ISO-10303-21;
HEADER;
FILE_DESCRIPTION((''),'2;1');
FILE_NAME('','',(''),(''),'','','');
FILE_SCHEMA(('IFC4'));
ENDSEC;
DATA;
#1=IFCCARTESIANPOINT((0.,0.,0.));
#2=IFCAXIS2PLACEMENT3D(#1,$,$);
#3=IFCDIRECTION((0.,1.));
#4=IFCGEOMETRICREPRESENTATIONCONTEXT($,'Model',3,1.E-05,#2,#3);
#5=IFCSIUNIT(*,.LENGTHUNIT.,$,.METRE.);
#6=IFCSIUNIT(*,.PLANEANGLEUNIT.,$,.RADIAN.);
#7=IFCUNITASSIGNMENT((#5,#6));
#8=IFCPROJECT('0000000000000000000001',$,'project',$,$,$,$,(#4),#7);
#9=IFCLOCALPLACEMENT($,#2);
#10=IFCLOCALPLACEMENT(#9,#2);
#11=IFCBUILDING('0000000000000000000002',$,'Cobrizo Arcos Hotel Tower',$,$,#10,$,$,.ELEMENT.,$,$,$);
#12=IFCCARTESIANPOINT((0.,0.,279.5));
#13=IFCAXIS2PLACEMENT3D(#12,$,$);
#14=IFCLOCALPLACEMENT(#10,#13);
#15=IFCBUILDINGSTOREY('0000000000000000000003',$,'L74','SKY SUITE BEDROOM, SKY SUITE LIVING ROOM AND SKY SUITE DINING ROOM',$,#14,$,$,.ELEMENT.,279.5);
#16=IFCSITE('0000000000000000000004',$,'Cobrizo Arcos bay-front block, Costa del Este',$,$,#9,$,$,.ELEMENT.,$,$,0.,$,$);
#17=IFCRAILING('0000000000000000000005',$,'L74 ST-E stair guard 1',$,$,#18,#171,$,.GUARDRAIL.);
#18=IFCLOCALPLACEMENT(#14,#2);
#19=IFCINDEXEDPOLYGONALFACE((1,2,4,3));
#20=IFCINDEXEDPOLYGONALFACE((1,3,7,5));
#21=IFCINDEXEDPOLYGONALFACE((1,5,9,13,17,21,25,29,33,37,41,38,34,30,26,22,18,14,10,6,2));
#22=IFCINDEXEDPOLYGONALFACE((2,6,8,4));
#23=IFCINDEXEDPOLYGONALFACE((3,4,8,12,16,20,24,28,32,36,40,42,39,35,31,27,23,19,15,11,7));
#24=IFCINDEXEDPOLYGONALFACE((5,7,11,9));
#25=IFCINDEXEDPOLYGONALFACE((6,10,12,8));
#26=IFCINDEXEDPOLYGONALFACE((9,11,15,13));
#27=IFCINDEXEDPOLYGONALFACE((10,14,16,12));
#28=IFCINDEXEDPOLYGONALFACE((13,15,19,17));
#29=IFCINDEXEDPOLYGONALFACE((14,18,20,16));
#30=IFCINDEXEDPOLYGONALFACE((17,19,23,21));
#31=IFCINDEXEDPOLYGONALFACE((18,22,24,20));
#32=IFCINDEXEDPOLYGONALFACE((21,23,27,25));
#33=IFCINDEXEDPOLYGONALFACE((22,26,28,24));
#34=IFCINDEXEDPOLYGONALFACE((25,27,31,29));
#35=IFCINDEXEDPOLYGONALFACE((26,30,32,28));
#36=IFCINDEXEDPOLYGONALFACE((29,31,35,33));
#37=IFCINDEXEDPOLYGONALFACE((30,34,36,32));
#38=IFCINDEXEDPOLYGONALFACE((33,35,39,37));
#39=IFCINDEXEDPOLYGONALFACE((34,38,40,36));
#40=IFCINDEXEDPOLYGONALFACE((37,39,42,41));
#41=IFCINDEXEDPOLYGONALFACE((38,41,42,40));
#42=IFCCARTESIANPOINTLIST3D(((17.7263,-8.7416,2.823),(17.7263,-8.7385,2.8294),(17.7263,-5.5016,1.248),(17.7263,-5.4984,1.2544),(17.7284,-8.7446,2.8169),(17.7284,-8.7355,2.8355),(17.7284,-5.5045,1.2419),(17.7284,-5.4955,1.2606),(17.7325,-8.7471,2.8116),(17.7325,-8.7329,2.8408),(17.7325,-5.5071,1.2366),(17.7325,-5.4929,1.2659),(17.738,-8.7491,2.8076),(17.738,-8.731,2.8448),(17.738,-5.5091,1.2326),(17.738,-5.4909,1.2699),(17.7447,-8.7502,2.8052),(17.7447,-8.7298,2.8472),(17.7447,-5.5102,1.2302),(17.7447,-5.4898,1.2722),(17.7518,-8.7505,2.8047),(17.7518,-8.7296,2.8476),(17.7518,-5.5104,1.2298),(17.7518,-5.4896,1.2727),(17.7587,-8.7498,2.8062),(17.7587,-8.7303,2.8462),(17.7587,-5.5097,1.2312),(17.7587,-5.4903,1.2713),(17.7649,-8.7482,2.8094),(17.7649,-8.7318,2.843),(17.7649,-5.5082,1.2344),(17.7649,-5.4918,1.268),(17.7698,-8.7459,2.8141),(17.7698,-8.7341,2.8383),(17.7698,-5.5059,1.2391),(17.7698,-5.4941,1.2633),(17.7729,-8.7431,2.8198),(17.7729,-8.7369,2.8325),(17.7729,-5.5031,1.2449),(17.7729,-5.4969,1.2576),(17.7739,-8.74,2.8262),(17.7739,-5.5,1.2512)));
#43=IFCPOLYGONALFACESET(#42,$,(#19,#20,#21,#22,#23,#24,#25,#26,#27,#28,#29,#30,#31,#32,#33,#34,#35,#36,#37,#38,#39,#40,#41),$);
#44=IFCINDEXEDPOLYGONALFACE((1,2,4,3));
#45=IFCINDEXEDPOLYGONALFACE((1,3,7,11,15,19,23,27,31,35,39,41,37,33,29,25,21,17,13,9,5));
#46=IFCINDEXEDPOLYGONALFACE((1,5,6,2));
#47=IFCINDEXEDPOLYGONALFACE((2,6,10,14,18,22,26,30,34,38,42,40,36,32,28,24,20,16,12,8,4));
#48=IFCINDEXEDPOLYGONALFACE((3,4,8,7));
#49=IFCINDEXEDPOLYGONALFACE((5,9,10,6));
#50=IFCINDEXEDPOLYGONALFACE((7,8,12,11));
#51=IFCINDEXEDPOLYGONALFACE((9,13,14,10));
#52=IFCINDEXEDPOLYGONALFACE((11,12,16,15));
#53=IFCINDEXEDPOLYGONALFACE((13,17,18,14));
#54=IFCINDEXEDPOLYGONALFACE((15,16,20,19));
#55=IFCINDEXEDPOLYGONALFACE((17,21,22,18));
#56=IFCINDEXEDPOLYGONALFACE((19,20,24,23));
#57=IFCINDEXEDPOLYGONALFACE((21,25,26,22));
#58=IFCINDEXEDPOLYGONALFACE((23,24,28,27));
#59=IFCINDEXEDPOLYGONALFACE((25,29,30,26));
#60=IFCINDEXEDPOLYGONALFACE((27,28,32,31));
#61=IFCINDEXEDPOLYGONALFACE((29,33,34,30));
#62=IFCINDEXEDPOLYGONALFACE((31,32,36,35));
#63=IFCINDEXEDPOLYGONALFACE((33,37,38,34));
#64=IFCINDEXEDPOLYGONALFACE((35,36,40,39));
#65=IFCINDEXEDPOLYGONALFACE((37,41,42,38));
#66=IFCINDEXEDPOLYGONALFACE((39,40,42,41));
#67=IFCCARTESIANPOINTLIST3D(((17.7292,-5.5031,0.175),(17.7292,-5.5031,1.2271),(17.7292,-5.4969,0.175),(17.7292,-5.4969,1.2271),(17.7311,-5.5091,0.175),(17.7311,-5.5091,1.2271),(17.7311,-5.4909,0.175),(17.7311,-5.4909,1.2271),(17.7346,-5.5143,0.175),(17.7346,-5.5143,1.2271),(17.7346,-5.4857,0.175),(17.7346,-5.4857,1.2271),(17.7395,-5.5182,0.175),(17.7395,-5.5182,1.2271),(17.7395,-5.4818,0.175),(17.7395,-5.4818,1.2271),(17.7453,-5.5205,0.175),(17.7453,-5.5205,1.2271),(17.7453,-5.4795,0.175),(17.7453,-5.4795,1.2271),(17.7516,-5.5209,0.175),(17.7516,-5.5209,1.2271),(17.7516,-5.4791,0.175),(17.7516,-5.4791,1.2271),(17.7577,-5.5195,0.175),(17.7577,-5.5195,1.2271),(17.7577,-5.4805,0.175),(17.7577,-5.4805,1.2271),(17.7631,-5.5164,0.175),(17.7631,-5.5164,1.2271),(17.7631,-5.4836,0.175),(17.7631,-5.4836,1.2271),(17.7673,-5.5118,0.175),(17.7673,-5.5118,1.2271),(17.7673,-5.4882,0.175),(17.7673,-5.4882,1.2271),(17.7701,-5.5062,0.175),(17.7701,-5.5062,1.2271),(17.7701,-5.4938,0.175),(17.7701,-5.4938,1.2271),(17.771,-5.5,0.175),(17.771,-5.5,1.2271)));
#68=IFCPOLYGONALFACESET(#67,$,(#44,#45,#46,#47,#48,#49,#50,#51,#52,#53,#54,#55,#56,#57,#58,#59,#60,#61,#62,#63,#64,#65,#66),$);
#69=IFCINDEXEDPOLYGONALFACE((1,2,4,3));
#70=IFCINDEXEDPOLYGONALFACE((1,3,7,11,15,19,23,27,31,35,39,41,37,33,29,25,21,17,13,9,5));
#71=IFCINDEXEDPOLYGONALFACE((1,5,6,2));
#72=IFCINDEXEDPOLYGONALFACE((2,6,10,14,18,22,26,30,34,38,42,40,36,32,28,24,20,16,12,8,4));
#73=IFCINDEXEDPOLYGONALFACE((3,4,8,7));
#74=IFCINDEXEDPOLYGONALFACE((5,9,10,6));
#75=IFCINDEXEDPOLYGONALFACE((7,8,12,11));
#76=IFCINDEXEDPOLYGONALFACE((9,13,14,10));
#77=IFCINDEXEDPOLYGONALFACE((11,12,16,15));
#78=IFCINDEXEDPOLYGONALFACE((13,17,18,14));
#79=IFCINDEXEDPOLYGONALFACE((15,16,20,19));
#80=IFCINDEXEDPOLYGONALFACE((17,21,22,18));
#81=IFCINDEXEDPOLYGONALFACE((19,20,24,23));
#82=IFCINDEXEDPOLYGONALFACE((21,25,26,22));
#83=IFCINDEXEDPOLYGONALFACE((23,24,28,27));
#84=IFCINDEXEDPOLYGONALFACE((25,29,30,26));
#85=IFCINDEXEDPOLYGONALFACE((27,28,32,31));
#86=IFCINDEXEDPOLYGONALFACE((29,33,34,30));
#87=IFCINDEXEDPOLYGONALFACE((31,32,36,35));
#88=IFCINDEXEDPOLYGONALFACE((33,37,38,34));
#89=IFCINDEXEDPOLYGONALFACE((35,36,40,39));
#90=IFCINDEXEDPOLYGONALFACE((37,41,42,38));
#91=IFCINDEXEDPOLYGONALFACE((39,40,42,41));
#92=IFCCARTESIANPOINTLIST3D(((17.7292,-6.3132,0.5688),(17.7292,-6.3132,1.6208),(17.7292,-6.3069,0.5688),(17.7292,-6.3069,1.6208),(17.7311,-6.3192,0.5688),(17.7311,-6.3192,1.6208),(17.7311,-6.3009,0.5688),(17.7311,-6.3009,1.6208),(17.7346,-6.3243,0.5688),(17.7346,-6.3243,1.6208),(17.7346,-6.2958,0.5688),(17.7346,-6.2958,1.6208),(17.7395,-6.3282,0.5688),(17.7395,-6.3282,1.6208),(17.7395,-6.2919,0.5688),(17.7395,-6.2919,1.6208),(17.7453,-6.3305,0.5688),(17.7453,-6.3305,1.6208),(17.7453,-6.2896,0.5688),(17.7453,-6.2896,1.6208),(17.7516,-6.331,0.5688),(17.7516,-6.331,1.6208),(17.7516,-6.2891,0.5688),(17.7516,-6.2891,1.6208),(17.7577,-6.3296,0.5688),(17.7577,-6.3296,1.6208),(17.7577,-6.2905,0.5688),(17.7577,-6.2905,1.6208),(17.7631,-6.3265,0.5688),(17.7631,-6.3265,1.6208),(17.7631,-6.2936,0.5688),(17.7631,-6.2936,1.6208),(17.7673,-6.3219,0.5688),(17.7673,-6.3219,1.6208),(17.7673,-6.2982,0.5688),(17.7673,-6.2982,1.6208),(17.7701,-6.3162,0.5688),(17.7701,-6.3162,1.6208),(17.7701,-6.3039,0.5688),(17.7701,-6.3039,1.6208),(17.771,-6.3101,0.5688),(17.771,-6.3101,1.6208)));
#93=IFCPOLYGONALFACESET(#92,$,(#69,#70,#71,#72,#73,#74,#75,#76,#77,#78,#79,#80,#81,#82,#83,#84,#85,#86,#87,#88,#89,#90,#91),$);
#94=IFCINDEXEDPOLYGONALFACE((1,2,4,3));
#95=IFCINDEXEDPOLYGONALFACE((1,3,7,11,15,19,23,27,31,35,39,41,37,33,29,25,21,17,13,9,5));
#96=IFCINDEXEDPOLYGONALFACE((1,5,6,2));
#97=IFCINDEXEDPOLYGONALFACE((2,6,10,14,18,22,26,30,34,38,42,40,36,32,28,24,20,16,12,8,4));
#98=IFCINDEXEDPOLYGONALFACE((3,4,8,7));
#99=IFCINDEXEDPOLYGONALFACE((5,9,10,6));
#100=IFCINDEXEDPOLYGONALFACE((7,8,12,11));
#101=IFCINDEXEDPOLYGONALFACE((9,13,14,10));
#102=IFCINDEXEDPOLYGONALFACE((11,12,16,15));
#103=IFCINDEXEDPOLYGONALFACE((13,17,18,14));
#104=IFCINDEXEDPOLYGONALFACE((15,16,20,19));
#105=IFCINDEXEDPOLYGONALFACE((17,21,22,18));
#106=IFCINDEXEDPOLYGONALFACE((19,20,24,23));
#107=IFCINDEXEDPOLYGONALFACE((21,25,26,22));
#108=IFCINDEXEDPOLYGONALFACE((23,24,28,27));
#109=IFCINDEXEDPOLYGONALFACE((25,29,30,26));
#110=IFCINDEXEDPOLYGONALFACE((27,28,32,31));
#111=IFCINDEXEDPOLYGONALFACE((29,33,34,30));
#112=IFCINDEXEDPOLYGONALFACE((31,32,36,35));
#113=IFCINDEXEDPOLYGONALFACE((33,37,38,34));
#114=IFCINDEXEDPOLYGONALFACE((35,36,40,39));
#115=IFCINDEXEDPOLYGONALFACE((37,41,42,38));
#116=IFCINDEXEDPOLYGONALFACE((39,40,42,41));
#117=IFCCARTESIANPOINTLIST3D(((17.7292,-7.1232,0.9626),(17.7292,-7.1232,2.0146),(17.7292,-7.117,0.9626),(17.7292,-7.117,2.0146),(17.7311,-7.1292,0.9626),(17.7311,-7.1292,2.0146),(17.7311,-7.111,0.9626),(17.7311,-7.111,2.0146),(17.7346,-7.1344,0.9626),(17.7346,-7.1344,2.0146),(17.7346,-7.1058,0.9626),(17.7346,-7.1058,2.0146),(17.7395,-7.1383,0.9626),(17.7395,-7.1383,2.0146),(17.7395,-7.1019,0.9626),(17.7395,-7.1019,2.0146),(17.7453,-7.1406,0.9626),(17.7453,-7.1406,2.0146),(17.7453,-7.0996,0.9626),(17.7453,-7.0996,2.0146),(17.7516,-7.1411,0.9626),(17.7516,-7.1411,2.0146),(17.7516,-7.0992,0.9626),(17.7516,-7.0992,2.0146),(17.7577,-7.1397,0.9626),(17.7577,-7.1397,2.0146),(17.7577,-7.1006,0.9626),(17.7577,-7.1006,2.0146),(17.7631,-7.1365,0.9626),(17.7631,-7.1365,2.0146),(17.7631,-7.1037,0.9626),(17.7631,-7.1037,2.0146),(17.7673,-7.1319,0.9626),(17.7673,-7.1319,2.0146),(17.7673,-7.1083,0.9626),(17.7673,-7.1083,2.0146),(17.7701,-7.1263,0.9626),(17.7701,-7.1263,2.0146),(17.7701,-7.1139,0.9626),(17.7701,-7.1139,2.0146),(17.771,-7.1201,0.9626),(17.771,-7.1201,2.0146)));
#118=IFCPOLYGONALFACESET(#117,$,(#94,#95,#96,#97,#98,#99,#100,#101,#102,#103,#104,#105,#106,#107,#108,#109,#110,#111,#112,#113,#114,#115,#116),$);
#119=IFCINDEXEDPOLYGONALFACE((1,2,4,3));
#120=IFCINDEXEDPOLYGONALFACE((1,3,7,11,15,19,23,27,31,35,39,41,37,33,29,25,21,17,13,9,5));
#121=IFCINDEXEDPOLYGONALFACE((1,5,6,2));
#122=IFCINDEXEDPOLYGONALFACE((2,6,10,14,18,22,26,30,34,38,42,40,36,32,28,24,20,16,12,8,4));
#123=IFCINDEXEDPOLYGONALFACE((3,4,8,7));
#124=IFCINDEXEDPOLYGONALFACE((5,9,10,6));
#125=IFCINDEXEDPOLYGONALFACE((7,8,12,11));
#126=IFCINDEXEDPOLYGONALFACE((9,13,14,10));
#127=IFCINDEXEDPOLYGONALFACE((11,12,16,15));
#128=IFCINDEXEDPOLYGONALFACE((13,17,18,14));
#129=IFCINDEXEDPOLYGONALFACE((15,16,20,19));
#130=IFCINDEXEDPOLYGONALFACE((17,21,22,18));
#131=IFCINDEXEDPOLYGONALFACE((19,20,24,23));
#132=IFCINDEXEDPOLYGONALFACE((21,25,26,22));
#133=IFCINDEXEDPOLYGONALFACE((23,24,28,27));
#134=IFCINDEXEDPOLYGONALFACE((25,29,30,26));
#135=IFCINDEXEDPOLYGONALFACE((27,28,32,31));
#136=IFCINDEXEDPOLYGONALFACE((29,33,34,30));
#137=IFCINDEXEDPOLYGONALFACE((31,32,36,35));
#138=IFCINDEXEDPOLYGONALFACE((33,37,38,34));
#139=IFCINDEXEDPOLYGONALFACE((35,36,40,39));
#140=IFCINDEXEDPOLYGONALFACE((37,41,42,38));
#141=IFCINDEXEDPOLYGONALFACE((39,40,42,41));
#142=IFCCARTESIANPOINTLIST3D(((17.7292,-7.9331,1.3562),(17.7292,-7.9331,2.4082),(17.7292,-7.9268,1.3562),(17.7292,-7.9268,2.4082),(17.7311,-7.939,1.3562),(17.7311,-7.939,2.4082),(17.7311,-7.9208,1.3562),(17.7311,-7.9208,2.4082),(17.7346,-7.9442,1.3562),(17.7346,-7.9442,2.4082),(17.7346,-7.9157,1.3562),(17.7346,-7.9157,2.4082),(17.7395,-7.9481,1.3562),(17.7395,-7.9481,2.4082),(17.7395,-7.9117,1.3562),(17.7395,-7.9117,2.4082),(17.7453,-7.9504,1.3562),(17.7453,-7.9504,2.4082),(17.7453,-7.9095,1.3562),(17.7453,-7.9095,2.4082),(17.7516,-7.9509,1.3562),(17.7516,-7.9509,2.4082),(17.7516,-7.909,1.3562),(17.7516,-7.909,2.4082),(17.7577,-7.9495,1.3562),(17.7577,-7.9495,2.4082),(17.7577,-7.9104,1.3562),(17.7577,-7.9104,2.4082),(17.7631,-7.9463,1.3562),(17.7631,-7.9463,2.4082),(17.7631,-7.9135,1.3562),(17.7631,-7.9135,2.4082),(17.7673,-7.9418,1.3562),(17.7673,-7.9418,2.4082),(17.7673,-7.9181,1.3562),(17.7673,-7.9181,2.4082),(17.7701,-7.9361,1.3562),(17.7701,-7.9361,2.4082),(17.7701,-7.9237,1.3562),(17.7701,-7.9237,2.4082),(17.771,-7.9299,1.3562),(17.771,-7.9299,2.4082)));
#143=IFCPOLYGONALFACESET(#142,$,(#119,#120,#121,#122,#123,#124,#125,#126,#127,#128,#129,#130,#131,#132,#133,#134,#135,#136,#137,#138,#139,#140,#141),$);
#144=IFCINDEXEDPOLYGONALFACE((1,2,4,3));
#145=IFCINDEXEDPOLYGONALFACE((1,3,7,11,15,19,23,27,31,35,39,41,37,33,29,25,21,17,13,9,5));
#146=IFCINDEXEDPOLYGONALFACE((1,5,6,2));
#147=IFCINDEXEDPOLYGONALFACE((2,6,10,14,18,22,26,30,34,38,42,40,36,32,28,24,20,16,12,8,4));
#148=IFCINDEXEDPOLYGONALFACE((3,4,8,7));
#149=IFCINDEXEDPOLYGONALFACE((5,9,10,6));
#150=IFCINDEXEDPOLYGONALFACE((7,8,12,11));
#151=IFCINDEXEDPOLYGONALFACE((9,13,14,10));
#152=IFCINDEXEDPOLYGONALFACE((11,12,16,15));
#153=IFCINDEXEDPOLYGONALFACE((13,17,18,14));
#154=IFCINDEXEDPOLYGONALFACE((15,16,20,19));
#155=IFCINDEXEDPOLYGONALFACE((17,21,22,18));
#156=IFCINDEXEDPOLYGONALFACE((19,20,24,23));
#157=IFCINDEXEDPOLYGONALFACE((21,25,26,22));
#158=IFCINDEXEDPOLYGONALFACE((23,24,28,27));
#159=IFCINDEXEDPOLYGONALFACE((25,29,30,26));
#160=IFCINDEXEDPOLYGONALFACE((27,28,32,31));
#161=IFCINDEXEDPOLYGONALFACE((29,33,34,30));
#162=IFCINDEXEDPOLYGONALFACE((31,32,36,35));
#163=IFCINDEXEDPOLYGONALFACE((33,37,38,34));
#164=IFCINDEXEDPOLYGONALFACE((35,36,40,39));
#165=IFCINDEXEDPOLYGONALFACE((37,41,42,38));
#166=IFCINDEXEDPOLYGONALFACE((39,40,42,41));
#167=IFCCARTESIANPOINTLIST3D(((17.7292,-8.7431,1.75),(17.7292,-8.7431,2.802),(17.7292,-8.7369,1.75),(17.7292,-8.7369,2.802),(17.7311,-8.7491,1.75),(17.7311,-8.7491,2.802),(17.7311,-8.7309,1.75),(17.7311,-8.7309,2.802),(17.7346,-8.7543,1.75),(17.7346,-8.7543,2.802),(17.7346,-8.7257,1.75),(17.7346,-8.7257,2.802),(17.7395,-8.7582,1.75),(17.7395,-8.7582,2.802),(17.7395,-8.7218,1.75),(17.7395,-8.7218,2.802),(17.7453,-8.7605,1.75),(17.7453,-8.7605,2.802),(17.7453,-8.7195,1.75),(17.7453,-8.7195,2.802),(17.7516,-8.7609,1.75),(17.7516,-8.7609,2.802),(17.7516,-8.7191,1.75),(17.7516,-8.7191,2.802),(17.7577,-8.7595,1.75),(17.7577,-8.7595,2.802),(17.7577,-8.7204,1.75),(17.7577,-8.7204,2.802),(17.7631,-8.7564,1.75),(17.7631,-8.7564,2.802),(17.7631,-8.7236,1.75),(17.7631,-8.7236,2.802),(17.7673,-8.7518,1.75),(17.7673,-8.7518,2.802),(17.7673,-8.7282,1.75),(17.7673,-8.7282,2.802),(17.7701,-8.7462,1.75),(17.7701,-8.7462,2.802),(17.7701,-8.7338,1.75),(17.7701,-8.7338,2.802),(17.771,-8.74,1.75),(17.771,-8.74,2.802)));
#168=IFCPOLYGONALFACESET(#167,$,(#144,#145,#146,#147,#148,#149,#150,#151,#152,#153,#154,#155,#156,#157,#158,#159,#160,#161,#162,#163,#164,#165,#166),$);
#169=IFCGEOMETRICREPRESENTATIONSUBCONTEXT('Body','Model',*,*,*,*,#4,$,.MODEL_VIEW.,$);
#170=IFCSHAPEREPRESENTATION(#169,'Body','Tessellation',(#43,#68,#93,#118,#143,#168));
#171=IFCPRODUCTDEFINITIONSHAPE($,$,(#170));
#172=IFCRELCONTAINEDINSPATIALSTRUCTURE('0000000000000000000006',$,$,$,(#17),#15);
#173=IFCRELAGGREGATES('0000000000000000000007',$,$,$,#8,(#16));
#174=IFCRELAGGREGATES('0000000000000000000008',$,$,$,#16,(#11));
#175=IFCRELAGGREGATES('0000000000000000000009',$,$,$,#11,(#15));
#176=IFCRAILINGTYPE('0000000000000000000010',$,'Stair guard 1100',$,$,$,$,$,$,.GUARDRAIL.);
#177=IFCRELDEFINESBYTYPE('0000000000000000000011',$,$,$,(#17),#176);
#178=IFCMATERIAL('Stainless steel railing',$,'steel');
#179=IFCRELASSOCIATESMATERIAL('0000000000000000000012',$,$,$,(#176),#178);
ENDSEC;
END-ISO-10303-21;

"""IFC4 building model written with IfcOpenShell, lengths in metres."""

from ifc_helpers import new_model, si_unit, direction, frame, origin, origin_2d, place, context, subcontext, project, spatial, circle, extrude, material, type_object, element, save


model = new_model("IFC4")

# Units and contexts
model_context = context("Model", 3, precision=1e-05, world=origin(), true_north=direction((0.0, 1.0)))
body_context = subcontext(model_context, "Body", "Model", "MODEL_VIEW")
ifc_project = project(units=[si_unit("LENGTHUNIT", "METRE"), si_unit("PLANEANGLEUNIT", "RADIAN")], contexts=[model_context])

# Site, building, storey
site_placement = place(None, origin())
site = spatial("IfcSite", under=ifc_project, at=site_placement, Name="Cobrizo Arcos bay-front block, Costa del Este", CompositionType="ELEMENT", RefElevation=0.0)
building_placement = place(site_placement, origin())
building = spatial("IfcBuilding", under=site, at=building_placement, Name="Cobrizo Arcos Hotel Tower", CompositionType="ELEMENT")
storey_placement = place(building_placement, frame((0.0, 0.0, 279.5)))
storey = spatial("IfcBuildingStorey", under=building, at=storey_placement, Name="L74", Description="SKY SUITE BEDROOM, SKY SUITE LIVING ROOM AND SKY SUITE DINING ROOM", CompositionType="ELEMENT", Elevation=279.5)

# Railing
ifc_material_1 = material(Name="Stainless steel railing", Category="steel")
railing_type_1 = type_object("IfcRailingType", Name="Stair guard 1100", PredefinedType="GUARDRAIL", material=ifc_material_1)
railing_1_placement = place(storey_placement, frame((17.75, -5.5, 0.175)))
element("IfcRailing", 1, at=railing_1_placement, inside=storey, type_object=railing_type_1, Name="L74 ST-E stair guard 1", PredefinedType="GUARDRAIL", context=body_context, shape_type="SweptSolid", body=[
    extrude(circle(Radius=0.0239, at=origin_2d()), frame((0.0, 0.0, 1.0762), z_axis=(0.0, -0.899373, 0.437183), x_axis=(1.0, 0.0, 0.0)), (0.0, 0.0, 1.0), 3.6025),
    extrude(circle(Radius=0.021, at=origin_2d()), origin(), (0.0, 0.0, 1.0), 1.052),
    extrude(circle(Radius=0.021, at=origin_2d()), frame((0.0, -0.8101, 0.3938)), (0.0, 0.0, 1.0), 1.052),
    extrude(circle(Radius=0.021, at=origin_2d()), frame((0.0, -1.6201, 0.7876)), (0.0, 0.0, 1.0), 1.052),
    extrude(circle(Radius=0.021, at=origin_2d()), frame((0.0, -2.4299, 1.1812)), (0.0, 0.0, 1.0), 1.052),
    extrude(circle(Radius=0.021, at=origin_2d()), frame((0.0, -3.24, 1.575)), (0.0, 0.0, 1.0), 1.052),
])

save(model, "model.ifc")
